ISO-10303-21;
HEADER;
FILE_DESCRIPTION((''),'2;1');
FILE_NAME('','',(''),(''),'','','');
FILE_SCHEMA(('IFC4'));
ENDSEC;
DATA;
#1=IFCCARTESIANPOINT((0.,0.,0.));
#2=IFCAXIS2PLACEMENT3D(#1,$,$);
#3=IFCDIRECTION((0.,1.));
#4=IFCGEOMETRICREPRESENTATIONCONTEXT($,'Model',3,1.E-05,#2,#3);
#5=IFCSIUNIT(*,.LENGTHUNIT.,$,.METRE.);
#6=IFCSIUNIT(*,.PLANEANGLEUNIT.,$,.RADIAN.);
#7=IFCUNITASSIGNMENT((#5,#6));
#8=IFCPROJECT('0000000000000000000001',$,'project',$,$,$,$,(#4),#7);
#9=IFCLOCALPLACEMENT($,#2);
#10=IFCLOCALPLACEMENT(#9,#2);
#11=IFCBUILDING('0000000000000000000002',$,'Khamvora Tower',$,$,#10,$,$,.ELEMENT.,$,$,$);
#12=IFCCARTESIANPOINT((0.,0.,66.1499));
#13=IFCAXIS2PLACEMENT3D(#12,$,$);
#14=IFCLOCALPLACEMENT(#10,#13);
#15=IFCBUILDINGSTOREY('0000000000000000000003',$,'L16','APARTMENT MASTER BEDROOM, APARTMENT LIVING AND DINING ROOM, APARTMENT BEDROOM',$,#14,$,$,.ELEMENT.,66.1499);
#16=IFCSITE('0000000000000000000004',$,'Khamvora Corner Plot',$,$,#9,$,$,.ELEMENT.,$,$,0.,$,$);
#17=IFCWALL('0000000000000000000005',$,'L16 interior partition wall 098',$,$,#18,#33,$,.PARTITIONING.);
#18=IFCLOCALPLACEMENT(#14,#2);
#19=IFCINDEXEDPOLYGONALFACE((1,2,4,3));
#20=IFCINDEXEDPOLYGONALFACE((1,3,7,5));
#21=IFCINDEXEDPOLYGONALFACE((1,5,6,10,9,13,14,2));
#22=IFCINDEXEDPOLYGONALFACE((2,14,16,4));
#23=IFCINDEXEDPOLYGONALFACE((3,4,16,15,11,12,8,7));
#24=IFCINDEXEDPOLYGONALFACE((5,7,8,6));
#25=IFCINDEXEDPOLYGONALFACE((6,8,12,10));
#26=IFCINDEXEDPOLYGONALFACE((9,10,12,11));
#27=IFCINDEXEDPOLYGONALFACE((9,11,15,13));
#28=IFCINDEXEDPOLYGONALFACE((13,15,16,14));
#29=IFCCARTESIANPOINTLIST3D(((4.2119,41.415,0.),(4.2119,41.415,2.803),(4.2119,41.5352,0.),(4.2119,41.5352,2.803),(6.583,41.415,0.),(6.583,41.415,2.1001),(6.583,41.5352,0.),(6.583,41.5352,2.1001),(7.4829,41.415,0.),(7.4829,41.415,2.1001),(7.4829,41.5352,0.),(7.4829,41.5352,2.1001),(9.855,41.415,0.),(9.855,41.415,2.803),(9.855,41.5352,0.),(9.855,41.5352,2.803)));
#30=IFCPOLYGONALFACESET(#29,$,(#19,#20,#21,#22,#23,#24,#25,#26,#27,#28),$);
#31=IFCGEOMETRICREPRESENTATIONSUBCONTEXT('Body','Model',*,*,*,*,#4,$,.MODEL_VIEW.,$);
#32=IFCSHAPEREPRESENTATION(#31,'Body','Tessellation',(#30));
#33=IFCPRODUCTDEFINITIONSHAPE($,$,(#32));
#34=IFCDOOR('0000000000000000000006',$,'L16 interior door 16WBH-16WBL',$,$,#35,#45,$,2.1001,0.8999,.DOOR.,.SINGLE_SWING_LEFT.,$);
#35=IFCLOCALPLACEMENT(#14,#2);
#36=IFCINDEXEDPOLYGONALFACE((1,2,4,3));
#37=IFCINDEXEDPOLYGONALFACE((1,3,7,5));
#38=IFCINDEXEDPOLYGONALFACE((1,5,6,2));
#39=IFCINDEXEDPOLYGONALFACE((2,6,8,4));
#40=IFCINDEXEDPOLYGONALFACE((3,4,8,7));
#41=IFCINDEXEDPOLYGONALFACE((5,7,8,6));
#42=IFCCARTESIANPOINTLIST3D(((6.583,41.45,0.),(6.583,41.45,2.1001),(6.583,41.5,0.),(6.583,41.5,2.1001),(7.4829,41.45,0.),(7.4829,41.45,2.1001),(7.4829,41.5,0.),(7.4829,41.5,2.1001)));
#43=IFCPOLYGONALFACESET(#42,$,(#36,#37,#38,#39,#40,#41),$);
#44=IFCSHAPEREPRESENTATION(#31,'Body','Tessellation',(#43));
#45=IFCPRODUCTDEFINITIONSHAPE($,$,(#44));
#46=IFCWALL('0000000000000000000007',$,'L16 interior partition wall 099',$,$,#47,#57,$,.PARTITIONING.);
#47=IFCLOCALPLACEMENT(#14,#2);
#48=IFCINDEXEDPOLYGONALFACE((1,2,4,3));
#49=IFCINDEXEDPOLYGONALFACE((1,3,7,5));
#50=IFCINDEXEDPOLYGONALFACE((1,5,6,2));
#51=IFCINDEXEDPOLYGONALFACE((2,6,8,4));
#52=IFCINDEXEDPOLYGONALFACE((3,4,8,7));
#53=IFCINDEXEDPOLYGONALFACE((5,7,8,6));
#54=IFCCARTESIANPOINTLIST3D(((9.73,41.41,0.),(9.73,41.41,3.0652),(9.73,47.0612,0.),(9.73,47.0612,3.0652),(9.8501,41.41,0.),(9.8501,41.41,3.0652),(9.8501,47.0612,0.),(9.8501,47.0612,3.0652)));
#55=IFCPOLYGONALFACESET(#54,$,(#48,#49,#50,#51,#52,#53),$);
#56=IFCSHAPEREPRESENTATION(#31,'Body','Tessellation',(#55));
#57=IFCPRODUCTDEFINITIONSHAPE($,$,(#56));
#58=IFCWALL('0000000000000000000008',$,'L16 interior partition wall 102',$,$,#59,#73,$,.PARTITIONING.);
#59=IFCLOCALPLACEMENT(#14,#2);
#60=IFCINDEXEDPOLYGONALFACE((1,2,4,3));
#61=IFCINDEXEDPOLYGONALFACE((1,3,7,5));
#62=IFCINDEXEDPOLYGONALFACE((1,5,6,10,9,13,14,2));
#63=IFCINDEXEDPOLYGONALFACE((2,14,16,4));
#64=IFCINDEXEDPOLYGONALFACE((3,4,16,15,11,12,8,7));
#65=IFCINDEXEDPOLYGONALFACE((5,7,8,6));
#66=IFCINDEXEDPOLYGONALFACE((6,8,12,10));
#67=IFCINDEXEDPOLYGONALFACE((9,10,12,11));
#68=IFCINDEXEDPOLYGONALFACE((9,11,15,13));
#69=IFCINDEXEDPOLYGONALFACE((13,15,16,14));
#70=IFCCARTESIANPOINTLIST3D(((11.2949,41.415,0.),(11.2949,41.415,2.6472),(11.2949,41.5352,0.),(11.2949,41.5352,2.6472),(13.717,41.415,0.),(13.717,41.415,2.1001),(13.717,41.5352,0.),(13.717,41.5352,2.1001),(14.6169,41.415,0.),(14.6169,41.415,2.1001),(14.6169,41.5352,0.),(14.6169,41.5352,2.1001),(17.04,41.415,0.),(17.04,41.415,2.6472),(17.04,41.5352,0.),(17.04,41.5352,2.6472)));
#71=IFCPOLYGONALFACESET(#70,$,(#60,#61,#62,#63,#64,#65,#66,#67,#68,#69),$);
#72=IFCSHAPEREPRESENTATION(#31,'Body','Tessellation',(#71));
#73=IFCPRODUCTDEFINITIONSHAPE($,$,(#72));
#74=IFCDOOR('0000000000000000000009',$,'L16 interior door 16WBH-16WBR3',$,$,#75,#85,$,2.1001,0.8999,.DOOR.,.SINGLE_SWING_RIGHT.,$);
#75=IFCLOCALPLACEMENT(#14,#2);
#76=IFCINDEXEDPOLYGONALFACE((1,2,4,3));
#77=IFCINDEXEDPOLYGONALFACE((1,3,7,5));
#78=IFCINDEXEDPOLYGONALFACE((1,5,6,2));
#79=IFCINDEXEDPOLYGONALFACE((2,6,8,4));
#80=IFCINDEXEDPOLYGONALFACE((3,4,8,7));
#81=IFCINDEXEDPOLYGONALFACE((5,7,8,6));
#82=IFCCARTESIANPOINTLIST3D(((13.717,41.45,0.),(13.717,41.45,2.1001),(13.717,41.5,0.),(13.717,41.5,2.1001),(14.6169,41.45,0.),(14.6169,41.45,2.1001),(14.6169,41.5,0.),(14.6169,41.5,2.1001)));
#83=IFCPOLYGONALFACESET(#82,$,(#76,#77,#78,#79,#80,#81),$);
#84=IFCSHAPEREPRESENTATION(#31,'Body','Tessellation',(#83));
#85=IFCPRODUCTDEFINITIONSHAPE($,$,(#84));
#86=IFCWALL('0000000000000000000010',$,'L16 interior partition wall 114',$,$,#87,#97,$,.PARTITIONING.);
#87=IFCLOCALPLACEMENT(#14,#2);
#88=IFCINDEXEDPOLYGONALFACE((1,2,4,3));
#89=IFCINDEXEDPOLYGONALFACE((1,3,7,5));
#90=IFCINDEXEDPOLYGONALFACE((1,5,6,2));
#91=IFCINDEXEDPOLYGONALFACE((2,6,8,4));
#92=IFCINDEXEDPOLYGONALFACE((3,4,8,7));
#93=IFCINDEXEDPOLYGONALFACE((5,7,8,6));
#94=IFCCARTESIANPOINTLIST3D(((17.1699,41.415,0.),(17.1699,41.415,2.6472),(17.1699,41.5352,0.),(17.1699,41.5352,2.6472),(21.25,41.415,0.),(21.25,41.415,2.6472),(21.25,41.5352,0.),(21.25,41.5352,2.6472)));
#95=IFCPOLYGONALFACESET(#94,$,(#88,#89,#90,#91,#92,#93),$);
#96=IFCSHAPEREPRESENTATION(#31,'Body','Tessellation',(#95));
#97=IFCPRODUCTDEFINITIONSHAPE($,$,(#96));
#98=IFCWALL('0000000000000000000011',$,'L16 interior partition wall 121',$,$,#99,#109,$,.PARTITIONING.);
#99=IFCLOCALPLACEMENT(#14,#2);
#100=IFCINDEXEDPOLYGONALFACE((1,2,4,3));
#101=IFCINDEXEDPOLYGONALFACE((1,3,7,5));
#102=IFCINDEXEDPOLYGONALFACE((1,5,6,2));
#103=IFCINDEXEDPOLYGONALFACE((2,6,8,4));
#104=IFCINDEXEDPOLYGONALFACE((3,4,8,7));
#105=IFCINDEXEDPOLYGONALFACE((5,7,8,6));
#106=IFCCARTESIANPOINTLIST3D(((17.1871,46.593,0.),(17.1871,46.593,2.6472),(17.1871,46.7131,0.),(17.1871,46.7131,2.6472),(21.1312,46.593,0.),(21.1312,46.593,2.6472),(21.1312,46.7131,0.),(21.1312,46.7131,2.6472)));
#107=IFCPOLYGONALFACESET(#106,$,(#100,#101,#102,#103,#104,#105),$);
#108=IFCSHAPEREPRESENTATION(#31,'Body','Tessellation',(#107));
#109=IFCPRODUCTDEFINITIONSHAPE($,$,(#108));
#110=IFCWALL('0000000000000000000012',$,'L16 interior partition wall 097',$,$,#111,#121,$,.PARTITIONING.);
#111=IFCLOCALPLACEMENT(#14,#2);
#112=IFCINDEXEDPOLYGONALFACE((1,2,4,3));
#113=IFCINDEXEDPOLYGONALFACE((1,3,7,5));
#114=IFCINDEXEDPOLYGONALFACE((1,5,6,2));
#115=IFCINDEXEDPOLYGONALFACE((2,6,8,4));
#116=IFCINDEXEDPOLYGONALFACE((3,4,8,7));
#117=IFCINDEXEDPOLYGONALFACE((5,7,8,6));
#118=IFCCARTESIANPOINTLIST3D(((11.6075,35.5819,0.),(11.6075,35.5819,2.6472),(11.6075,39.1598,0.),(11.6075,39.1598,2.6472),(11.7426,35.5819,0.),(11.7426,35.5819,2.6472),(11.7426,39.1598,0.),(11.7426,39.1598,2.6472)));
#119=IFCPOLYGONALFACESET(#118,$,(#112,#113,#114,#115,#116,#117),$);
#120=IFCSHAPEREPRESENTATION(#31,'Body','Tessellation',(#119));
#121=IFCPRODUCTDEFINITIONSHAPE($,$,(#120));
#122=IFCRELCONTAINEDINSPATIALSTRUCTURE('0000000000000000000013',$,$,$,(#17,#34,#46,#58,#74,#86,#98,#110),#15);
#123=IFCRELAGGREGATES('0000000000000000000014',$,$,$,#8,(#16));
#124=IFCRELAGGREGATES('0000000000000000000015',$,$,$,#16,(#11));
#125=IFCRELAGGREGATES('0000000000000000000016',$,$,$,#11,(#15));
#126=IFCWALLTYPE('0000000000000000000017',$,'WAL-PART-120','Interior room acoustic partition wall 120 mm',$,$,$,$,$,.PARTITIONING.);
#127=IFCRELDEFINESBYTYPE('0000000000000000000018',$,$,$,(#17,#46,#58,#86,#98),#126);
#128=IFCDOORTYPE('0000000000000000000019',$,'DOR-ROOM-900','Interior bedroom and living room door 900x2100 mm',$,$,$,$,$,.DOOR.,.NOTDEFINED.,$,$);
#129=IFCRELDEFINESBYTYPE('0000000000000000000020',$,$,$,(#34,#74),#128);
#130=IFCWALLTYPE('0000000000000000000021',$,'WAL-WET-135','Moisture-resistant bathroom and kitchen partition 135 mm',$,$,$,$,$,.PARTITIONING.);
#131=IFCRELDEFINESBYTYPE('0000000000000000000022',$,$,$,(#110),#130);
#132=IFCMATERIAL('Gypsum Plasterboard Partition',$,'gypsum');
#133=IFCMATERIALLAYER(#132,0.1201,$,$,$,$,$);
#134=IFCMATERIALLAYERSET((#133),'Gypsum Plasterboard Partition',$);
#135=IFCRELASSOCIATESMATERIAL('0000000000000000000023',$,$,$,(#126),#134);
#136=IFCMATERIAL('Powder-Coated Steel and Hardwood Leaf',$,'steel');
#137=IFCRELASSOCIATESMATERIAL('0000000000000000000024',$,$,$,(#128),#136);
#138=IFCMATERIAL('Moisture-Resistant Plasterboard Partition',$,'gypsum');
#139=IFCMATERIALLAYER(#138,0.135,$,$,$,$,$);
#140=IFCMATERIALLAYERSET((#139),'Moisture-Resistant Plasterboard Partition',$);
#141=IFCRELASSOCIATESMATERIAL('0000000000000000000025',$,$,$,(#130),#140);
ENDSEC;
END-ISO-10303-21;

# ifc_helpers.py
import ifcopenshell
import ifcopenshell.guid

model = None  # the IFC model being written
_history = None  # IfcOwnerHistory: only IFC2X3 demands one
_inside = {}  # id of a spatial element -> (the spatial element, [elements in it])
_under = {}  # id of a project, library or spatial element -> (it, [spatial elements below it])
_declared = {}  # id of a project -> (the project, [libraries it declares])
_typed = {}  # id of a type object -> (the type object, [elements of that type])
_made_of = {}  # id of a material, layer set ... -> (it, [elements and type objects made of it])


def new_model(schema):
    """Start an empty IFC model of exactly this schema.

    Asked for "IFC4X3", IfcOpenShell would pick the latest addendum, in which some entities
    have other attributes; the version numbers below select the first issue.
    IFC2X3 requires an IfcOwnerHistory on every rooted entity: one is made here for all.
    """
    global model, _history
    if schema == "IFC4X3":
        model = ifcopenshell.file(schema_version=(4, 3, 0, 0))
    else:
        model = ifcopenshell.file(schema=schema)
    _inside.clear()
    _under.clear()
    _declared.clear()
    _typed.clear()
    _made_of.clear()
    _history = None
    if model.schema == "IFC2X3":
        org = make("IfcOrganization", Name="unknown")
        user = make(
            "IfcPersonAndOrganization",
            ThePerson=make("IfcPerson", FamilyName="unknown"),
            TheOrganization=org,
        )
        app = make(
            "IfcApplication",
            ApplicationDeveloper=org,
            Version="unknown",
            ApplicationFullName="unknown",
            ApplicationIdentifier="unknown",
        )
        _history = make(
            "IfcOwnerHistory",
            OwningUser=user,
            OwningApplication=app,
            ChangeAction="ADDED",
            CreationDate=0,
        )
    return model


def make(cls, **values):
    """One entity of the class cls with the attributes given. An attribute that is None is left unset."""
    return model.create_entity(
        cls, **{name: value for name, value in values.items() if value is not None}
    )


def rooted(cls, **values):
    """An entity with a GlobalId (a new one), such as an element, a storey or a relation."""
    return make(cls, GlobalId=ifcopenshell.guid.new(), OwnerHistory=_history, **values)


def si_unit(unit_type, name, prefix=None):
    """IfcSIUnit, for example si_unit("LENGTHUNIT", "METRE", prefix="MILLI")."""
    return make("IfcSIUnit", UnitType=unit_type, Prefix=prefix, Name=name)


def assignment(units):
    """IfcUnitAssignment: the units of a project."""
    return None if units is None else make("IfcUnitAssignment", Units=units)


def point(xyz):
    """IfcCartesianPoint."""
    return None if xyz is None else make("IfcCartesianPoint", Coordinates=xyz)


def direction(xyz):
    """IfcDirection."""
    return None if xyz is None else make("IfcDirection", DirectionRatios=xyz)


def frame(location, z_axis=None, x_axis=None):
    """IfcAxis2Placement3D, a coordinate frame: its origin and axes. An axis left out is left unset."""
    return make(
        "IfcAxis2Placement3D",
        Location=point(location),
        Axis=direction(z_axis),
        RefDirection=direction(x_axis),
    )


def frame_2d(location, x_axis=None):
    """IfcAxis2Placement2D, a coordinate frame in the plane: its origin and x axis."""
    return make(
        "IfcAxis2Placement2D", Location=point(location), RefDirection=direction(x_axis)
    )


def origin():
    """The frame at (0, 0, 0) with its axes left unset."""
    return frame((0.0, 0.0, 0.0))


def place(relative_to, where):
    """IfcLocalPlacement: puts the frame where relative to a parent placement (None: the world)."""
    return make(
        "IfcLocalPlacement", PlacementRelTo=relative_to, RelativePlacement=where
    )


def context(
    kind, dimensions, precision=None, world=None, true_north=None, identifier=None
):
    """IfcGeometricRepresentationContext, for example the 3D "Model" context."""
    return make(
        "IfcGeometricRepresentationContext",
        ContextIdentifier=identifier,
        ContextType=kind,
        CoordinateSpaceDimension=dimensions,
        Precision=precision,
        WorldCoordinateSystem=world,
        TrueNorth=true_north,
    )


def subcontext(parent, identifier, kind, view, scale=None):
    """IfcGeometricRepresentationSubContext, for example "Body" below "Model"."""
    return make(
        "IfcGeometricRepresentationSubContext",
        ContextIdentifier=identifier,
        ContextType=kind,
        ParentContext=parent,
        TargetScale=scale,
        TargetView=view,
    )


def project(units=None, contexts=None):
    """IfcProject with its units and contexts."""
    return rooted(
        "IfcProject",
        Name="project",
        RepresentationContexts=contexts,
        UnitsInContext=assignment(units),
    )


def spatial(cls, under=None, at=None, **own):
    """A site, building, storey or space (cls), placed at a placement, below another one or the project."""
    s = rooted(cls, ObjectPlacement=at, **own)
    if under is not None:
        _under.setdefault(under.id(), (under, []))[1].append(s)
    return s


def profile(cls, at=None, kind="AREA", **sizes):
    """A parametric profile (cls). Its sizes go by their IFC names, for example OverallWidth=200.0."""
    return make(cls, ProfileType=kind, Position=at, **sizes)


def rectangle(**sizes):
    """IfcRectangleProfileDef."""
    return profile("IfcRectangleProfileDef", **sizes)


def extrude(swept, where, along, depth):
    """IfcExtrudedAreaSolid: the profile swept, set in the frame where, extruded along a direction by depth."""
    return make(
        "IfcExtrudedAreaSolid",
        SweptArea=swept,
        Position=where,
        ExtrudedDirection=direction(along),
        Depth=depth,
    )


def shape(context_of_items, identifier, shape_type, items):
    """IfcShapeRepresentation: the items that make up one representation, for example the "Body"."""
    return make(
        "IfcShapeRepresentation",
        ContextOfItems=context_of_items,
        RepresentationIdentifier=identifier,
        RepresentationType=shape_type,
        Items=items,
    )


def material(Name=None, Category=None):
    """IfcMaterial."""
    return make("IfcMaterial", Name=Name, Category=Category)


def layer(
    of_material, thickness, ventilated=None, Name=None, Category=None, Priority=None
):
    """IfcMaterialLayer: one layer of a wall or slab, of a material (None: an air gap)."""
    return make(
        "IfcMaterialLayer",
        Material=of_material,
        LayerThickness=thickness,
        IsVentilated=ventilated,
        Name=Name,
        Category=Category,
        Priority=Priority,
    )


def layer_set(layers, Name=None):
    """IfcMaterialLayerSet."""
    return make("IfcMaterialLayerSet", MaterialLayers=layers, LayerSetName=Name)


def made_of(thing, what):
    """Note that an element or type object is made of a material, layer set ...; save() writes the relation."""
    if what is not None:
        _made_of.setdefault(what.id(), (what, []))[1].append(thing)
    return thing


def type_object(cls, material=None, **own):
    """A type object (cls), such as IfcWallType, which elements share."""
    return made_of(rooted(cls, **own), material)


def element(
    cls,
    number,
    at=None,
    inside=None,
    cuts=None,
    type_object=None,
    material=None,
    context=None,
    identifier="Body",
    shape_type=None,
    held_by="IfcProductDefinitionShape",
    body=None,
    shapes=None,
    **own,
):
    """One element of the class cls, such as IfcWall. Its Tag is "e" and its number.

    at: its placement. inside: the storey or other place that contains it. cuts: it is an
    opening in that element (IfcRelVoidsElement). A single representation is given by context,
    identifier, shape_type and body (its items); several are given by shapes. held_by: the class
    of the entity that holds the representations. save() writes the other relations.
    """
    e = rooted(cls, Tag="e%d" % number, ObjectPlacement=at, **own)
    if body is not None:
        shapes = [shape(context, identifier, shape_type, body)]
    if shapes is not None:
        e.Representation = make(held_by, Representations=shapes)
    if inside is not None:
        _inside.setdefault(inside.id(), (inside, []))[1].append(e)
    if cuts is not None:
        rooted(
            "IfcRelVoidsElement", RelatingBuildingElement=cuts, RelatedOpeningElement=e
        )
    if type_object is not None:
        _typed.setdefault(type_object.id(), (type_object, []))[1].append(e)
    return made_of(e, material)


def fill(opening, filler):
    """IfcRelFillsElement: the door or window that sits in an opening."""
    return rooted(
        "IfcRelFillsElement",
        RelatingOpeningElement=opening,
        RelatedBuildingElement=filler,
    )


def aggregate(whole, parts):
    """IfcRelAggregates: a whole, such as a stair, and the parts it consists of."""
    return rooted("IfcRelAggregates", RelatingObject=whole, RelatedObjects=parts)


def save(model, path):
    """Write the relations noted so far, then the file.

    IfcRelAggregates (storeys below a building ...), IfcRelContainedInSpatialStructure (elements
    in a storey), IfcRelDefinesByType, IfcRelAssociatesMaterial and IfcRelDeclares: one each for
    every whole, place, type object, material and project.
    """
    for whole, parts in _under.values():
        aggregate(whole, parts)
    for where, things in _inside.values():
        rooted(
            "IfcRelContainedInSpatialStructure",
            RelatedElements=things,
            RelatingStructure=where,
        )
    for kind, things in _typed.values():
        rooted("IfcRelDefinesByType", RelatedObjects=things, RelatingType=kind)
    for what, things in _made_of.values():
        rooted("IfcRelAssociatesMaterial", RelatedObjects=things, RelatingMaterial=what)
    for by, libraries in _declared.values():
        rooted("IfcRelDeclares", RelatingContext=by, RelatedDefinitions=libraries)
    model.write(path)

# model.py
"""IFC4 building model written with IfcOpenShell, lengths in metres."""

from ifc_helpers import new_model, si_unit, direction, frame, frame_2d, origin, place, context, subcontext, project, spatial, rectangle, extrude, material, layer, layer_set, type_object, element, fill, save


model = new_model("IFC4")

# Units and contexts
model_context = context("Model", 3, precision=1e-05, world=origin(), true_north=direction((0.0, 1.0)))
body_context = subcontext(model_context, "Body", "Model", "MODEL_VIEW")
ifc_project = project(units=[si_unit("LENGTHUNIT", "METRE"), si_unit("PLANEANGLEUNIT", "RADIAN")], contexts=[model_context])

# Site, building, storey
site_placement = place(None, origin())
site = spatial("IfcSite", under=ifc_project, at=site_placement, Name="Khamvora Corner Plot", CompositionType="ELEMENT", RefElevation=0.0)
building_placement = place(site_placement, origin())
building = spatial("IfcBuilding", under=site, at=building_placement, Name="Khamvora Tower", CompositionType="ELEMENT")
storey_placement = place(building_placement, frame((0.0, 0.0, 66.1499)))
storey = spatial("IfcBuildingStorey", under=building, at=storey_placement, Name="L16", Description="APARTMENT MASTER BEDROOM, APARTMENT LIVING AND DINING ROOM, APARTMENT BEDROOM", CompositionType="ELEMENT", Elevation=66.1499)

# Wall, opening, door
ifc_material_1 = material(Name="Gypsum Plasterboard Partition", Category="gypsum")
ifc_layer_1 = layer(ifc_material_1, 0.1201)
ifc_layer_set_1 = layer_set([ifc_layer_1], Name="Gypsum Plasterboard Partition")
wall_type_1 = type_object("IfcWallType", Name="WAL-PART-120", Description="Interior room acoustic partition wall 120 mm", PredefinedType="PARTITIONING", material=ifc_layer_set_1)
wall_1_placement = place(storey_placement, frame((4.2119, 41.4751, 0.0), z_axis=(0.0, 0.0, 1.0), x_axis=(1.0, 0.0, 0.0)))
wall_1 = element("IfcWall", 1, at=wall_1_placement, inside=storey, type_object=wall_type_1, Name="L16 interior partition wall 098", PredefinedType="PARTITIONING", context=body_context, shape_type="SweptSolid", body=[
    extrude(rectangle(XDim=5.6431, YDim=0.1201, at=frame_2d((2.8215, 0.0))), origin(), (0.0, 0.0, 1.0), 2.803),
])
opening_1_placement = place(wall_1_placement, frame((2.3711, 0.0, 0.0)))
opening_1 = element("IfcOpeningElement", 2, at=opening_1_placement, cuts=wall_1, PredefinedType="OPENING", context=body_context, shape_type="SweptSolid", body=[
    extrude(rectangle(XDim=0.8999, YDim=2.1001, at=frame_2d((0.45, 1.05))), frame((0.0, 0.0701, 0.0), z_axis=(0.0, -1.0, 0.0), x_axis=(1.0, 0.0, 0.0)), (0.0, 0.0, 1.0), 0.1401),
])
ifc_material_2 = material(Name="Powder-Coated Steel and Hardwood Leaf", Category="steel")
door_type = type_object("IfcDoorType", Name="DOR-ROOM-900", Description="Interior bedroom and living room door 900x2100 mm", OperationType="NOTDEFINED", PredefinedType="DOOR", material=ifc_material_2)
door_1_placement = place(opening_1_placement, origin())
door_1 = element("IfcDoor", 3, at=door_1_placement, inside=storey, type_object=door_type, Name="L16 interior door 16WBH-16WBL", OperationType="SINGLE_SWING_LEFT", OverallHeight=2.1001, OverallWidth=0.8999, PredefinedType="DOOR", context=body_context, shape_type="SweptSolid", body=[
    extrude(rectangle(XDim=0.8999, YDim=2.1001, at=frame_2d((0.45, 1.05))), frame((0.0, 0.0249, 0.0), z_axis=(0.0, -1.0, 0.0), x_axis=(1.0, 0.0, 0.0)), (0.0, 0.0, 1.0), 0.05),
])
fill(opening_1, door_1)

# Wall
wall_2_placement = place(storey_placement, frame((9.79, 41.4099, 0.0), z_axis=(0.0, 0.0, 1.0), x_axis=(0.0, 1.0, 0.0)))
element("IfcWall", 4, at=wall_2_placement, inside=storey, type_object=wall_type_1, Name="L16 interior partition wall 099", PredefinedType="PARTITIONING", context=body_context, shape_type="SweptSolid", body=[
    extrude(rectangle(XDim=5.6511, YDim=0.1201, at=frame_2d((2.8257, 0.0))), origin(), (0.0, 0.0, 1.0), 3.0652),
])

# Wall, opening, door
wall_3_placement = place(storey_placement, frame((11.2949, 41.4751, 0.0), z_axis=(0.0, 0.0, 1.0), x_axis=(1.0, 0.0, 0.0)))
wall_3 = element("IfcWall", 5, at=wall_3_placement, inside=storey, type_object=wall_type_1, Name="L16 interior partition wall 102", PredefinedType="PARTITIONING", context=body_context, shape_type="SweptSolid", body=[
    extrude(rectangle(XDim=5.7451, YDim=0.1201, at=frame_2d((2.8726, 0.0))), origin(), (0.0, 0.0, 1.0), 2.6472),
])
opening_2_placement = place(wall_3_placement, frame((2.4221, 0.0, 0.0)))
opening_2 = element("IfcOpeningElement", 6, at=opening_2_placement, cuts=wall_3, PredefinedType="OPENING", context=body_context, shape_type="SweptSolid", body=[
    extrude(rectangle(XDim=0.8999, YDim=2.1001, at=frame_2d((0.45, 1.05))), frame((0.0, 0.0701, 0.0), z_axis=(0.0, -1.0, 0.0), x_axis=(1.0, 0.0, 0.0)), (0.0, 0.0, 1.0), 0.1401),
])
door_2_placement = place(opening_2_placement, origin())
door_2 = element("IfcDoor", 7, at=door_2_placement, inside=storey, type_object=door_type, Name="L16 interior door 16WBH-16WBR3", OperationType="SINGLE_SWING_RIGHT", OverallHeight=2.1001, OverallWidth=0.8999, PredefinedType="DOOR", context=body_context, shape_type="SweptSolid", body=[
    extrude(rectangle(XDim=0.8999, YDim=2.1001, at=frame_2d((0.45, 1.05))), frame((0.0, 0.0249, 0.0), z_axis=(0.0, -1.0, 0.0), x_axis=(1.0, 0.0, 0.0)), (0.0, 0.0, 1.0), 0.05),
])
fill(opening_2, door_2)

# Walls
wall_4_placement = place(storey_placement, frame((17.1699, 41.4751, 0.0), z_axis=(0.0, 0.0, 1.0), x_axis=(1.0, 0.0, 0.0)))
element("IfcWall", 8, at=wall_4_placement, inside=storey, type_object=wall_type_1, Name="L16 interior partition wall 114", PredefinedType="PARTITIONING", context=body_context, shape_type="SweptSolid", body=[
    extrude(rectangle(XDim=4.0801, YDim=0.1201, at=frame_2d((2.04, 0.0))), origin(), (0.0, 0.0, 1.0), 2.6472),
])
wall_5_placement = place(storey_placement, frame((17.187, 46.6531, 0.0), z_axis=(0.0, 0.0, 1.0), x_axis=(1.0, 0.0, 0.0)))
element("IfcWall", 9, at=wall_5_placement, inside=storey, type_object=wall_type_1, Name="L16 interior partition wall 121", PredefinedType="PARTITIONING", context=body_context, shape_type="SweptSolid", body=[
    extrude(rectangle(XDim=3.9441, YDim=0.1201, at=frame_2d((1.9722, 0.0))), origin(), (0.0, 0.0, 1.0), 2.6472),
])
ifc_material_3 = material(Name="Moisture-Resistant Plasterboard Partition", Category="gypsum")
ifc_layer_2 = layer(ifc_material_3, 0.135)
ifc_layer_set_2 = layer_set([ifc_layer_2], Name="Moisture-Resistant Plasterboard Partition")
wall_type_2 = type_object("IfcWallType", Name="WAL-WET-135", Description="Moisture-resistant bathroom and kitchen partition 135 mm", PredefinedType="PARTITIONING", material=ifc_layer_set_2)
wall_6_placement = place(storey_placement, frame((11.675, 39.1599, 0.0), z_axis=(0.0, 0.0, 1.0), x_axis=(0.0, -1.0, 0.0)))
element("IfcWall", 10, at=wall_6_placement, inside=storey, type_object=wall_type_2, Name="L16 interior partition wall 097", PredefinedType="PARTITIONING", context=body_context, shape_type="SweptSolid", body=[
    extrude(rectangle(XDim=3.5779, YDim=0.135, at=frame_2d((1.7891, 0.0))), origin(), (0.0, 0.0, 1.0), 2.6472),
])

save(model, "model.ifc")
